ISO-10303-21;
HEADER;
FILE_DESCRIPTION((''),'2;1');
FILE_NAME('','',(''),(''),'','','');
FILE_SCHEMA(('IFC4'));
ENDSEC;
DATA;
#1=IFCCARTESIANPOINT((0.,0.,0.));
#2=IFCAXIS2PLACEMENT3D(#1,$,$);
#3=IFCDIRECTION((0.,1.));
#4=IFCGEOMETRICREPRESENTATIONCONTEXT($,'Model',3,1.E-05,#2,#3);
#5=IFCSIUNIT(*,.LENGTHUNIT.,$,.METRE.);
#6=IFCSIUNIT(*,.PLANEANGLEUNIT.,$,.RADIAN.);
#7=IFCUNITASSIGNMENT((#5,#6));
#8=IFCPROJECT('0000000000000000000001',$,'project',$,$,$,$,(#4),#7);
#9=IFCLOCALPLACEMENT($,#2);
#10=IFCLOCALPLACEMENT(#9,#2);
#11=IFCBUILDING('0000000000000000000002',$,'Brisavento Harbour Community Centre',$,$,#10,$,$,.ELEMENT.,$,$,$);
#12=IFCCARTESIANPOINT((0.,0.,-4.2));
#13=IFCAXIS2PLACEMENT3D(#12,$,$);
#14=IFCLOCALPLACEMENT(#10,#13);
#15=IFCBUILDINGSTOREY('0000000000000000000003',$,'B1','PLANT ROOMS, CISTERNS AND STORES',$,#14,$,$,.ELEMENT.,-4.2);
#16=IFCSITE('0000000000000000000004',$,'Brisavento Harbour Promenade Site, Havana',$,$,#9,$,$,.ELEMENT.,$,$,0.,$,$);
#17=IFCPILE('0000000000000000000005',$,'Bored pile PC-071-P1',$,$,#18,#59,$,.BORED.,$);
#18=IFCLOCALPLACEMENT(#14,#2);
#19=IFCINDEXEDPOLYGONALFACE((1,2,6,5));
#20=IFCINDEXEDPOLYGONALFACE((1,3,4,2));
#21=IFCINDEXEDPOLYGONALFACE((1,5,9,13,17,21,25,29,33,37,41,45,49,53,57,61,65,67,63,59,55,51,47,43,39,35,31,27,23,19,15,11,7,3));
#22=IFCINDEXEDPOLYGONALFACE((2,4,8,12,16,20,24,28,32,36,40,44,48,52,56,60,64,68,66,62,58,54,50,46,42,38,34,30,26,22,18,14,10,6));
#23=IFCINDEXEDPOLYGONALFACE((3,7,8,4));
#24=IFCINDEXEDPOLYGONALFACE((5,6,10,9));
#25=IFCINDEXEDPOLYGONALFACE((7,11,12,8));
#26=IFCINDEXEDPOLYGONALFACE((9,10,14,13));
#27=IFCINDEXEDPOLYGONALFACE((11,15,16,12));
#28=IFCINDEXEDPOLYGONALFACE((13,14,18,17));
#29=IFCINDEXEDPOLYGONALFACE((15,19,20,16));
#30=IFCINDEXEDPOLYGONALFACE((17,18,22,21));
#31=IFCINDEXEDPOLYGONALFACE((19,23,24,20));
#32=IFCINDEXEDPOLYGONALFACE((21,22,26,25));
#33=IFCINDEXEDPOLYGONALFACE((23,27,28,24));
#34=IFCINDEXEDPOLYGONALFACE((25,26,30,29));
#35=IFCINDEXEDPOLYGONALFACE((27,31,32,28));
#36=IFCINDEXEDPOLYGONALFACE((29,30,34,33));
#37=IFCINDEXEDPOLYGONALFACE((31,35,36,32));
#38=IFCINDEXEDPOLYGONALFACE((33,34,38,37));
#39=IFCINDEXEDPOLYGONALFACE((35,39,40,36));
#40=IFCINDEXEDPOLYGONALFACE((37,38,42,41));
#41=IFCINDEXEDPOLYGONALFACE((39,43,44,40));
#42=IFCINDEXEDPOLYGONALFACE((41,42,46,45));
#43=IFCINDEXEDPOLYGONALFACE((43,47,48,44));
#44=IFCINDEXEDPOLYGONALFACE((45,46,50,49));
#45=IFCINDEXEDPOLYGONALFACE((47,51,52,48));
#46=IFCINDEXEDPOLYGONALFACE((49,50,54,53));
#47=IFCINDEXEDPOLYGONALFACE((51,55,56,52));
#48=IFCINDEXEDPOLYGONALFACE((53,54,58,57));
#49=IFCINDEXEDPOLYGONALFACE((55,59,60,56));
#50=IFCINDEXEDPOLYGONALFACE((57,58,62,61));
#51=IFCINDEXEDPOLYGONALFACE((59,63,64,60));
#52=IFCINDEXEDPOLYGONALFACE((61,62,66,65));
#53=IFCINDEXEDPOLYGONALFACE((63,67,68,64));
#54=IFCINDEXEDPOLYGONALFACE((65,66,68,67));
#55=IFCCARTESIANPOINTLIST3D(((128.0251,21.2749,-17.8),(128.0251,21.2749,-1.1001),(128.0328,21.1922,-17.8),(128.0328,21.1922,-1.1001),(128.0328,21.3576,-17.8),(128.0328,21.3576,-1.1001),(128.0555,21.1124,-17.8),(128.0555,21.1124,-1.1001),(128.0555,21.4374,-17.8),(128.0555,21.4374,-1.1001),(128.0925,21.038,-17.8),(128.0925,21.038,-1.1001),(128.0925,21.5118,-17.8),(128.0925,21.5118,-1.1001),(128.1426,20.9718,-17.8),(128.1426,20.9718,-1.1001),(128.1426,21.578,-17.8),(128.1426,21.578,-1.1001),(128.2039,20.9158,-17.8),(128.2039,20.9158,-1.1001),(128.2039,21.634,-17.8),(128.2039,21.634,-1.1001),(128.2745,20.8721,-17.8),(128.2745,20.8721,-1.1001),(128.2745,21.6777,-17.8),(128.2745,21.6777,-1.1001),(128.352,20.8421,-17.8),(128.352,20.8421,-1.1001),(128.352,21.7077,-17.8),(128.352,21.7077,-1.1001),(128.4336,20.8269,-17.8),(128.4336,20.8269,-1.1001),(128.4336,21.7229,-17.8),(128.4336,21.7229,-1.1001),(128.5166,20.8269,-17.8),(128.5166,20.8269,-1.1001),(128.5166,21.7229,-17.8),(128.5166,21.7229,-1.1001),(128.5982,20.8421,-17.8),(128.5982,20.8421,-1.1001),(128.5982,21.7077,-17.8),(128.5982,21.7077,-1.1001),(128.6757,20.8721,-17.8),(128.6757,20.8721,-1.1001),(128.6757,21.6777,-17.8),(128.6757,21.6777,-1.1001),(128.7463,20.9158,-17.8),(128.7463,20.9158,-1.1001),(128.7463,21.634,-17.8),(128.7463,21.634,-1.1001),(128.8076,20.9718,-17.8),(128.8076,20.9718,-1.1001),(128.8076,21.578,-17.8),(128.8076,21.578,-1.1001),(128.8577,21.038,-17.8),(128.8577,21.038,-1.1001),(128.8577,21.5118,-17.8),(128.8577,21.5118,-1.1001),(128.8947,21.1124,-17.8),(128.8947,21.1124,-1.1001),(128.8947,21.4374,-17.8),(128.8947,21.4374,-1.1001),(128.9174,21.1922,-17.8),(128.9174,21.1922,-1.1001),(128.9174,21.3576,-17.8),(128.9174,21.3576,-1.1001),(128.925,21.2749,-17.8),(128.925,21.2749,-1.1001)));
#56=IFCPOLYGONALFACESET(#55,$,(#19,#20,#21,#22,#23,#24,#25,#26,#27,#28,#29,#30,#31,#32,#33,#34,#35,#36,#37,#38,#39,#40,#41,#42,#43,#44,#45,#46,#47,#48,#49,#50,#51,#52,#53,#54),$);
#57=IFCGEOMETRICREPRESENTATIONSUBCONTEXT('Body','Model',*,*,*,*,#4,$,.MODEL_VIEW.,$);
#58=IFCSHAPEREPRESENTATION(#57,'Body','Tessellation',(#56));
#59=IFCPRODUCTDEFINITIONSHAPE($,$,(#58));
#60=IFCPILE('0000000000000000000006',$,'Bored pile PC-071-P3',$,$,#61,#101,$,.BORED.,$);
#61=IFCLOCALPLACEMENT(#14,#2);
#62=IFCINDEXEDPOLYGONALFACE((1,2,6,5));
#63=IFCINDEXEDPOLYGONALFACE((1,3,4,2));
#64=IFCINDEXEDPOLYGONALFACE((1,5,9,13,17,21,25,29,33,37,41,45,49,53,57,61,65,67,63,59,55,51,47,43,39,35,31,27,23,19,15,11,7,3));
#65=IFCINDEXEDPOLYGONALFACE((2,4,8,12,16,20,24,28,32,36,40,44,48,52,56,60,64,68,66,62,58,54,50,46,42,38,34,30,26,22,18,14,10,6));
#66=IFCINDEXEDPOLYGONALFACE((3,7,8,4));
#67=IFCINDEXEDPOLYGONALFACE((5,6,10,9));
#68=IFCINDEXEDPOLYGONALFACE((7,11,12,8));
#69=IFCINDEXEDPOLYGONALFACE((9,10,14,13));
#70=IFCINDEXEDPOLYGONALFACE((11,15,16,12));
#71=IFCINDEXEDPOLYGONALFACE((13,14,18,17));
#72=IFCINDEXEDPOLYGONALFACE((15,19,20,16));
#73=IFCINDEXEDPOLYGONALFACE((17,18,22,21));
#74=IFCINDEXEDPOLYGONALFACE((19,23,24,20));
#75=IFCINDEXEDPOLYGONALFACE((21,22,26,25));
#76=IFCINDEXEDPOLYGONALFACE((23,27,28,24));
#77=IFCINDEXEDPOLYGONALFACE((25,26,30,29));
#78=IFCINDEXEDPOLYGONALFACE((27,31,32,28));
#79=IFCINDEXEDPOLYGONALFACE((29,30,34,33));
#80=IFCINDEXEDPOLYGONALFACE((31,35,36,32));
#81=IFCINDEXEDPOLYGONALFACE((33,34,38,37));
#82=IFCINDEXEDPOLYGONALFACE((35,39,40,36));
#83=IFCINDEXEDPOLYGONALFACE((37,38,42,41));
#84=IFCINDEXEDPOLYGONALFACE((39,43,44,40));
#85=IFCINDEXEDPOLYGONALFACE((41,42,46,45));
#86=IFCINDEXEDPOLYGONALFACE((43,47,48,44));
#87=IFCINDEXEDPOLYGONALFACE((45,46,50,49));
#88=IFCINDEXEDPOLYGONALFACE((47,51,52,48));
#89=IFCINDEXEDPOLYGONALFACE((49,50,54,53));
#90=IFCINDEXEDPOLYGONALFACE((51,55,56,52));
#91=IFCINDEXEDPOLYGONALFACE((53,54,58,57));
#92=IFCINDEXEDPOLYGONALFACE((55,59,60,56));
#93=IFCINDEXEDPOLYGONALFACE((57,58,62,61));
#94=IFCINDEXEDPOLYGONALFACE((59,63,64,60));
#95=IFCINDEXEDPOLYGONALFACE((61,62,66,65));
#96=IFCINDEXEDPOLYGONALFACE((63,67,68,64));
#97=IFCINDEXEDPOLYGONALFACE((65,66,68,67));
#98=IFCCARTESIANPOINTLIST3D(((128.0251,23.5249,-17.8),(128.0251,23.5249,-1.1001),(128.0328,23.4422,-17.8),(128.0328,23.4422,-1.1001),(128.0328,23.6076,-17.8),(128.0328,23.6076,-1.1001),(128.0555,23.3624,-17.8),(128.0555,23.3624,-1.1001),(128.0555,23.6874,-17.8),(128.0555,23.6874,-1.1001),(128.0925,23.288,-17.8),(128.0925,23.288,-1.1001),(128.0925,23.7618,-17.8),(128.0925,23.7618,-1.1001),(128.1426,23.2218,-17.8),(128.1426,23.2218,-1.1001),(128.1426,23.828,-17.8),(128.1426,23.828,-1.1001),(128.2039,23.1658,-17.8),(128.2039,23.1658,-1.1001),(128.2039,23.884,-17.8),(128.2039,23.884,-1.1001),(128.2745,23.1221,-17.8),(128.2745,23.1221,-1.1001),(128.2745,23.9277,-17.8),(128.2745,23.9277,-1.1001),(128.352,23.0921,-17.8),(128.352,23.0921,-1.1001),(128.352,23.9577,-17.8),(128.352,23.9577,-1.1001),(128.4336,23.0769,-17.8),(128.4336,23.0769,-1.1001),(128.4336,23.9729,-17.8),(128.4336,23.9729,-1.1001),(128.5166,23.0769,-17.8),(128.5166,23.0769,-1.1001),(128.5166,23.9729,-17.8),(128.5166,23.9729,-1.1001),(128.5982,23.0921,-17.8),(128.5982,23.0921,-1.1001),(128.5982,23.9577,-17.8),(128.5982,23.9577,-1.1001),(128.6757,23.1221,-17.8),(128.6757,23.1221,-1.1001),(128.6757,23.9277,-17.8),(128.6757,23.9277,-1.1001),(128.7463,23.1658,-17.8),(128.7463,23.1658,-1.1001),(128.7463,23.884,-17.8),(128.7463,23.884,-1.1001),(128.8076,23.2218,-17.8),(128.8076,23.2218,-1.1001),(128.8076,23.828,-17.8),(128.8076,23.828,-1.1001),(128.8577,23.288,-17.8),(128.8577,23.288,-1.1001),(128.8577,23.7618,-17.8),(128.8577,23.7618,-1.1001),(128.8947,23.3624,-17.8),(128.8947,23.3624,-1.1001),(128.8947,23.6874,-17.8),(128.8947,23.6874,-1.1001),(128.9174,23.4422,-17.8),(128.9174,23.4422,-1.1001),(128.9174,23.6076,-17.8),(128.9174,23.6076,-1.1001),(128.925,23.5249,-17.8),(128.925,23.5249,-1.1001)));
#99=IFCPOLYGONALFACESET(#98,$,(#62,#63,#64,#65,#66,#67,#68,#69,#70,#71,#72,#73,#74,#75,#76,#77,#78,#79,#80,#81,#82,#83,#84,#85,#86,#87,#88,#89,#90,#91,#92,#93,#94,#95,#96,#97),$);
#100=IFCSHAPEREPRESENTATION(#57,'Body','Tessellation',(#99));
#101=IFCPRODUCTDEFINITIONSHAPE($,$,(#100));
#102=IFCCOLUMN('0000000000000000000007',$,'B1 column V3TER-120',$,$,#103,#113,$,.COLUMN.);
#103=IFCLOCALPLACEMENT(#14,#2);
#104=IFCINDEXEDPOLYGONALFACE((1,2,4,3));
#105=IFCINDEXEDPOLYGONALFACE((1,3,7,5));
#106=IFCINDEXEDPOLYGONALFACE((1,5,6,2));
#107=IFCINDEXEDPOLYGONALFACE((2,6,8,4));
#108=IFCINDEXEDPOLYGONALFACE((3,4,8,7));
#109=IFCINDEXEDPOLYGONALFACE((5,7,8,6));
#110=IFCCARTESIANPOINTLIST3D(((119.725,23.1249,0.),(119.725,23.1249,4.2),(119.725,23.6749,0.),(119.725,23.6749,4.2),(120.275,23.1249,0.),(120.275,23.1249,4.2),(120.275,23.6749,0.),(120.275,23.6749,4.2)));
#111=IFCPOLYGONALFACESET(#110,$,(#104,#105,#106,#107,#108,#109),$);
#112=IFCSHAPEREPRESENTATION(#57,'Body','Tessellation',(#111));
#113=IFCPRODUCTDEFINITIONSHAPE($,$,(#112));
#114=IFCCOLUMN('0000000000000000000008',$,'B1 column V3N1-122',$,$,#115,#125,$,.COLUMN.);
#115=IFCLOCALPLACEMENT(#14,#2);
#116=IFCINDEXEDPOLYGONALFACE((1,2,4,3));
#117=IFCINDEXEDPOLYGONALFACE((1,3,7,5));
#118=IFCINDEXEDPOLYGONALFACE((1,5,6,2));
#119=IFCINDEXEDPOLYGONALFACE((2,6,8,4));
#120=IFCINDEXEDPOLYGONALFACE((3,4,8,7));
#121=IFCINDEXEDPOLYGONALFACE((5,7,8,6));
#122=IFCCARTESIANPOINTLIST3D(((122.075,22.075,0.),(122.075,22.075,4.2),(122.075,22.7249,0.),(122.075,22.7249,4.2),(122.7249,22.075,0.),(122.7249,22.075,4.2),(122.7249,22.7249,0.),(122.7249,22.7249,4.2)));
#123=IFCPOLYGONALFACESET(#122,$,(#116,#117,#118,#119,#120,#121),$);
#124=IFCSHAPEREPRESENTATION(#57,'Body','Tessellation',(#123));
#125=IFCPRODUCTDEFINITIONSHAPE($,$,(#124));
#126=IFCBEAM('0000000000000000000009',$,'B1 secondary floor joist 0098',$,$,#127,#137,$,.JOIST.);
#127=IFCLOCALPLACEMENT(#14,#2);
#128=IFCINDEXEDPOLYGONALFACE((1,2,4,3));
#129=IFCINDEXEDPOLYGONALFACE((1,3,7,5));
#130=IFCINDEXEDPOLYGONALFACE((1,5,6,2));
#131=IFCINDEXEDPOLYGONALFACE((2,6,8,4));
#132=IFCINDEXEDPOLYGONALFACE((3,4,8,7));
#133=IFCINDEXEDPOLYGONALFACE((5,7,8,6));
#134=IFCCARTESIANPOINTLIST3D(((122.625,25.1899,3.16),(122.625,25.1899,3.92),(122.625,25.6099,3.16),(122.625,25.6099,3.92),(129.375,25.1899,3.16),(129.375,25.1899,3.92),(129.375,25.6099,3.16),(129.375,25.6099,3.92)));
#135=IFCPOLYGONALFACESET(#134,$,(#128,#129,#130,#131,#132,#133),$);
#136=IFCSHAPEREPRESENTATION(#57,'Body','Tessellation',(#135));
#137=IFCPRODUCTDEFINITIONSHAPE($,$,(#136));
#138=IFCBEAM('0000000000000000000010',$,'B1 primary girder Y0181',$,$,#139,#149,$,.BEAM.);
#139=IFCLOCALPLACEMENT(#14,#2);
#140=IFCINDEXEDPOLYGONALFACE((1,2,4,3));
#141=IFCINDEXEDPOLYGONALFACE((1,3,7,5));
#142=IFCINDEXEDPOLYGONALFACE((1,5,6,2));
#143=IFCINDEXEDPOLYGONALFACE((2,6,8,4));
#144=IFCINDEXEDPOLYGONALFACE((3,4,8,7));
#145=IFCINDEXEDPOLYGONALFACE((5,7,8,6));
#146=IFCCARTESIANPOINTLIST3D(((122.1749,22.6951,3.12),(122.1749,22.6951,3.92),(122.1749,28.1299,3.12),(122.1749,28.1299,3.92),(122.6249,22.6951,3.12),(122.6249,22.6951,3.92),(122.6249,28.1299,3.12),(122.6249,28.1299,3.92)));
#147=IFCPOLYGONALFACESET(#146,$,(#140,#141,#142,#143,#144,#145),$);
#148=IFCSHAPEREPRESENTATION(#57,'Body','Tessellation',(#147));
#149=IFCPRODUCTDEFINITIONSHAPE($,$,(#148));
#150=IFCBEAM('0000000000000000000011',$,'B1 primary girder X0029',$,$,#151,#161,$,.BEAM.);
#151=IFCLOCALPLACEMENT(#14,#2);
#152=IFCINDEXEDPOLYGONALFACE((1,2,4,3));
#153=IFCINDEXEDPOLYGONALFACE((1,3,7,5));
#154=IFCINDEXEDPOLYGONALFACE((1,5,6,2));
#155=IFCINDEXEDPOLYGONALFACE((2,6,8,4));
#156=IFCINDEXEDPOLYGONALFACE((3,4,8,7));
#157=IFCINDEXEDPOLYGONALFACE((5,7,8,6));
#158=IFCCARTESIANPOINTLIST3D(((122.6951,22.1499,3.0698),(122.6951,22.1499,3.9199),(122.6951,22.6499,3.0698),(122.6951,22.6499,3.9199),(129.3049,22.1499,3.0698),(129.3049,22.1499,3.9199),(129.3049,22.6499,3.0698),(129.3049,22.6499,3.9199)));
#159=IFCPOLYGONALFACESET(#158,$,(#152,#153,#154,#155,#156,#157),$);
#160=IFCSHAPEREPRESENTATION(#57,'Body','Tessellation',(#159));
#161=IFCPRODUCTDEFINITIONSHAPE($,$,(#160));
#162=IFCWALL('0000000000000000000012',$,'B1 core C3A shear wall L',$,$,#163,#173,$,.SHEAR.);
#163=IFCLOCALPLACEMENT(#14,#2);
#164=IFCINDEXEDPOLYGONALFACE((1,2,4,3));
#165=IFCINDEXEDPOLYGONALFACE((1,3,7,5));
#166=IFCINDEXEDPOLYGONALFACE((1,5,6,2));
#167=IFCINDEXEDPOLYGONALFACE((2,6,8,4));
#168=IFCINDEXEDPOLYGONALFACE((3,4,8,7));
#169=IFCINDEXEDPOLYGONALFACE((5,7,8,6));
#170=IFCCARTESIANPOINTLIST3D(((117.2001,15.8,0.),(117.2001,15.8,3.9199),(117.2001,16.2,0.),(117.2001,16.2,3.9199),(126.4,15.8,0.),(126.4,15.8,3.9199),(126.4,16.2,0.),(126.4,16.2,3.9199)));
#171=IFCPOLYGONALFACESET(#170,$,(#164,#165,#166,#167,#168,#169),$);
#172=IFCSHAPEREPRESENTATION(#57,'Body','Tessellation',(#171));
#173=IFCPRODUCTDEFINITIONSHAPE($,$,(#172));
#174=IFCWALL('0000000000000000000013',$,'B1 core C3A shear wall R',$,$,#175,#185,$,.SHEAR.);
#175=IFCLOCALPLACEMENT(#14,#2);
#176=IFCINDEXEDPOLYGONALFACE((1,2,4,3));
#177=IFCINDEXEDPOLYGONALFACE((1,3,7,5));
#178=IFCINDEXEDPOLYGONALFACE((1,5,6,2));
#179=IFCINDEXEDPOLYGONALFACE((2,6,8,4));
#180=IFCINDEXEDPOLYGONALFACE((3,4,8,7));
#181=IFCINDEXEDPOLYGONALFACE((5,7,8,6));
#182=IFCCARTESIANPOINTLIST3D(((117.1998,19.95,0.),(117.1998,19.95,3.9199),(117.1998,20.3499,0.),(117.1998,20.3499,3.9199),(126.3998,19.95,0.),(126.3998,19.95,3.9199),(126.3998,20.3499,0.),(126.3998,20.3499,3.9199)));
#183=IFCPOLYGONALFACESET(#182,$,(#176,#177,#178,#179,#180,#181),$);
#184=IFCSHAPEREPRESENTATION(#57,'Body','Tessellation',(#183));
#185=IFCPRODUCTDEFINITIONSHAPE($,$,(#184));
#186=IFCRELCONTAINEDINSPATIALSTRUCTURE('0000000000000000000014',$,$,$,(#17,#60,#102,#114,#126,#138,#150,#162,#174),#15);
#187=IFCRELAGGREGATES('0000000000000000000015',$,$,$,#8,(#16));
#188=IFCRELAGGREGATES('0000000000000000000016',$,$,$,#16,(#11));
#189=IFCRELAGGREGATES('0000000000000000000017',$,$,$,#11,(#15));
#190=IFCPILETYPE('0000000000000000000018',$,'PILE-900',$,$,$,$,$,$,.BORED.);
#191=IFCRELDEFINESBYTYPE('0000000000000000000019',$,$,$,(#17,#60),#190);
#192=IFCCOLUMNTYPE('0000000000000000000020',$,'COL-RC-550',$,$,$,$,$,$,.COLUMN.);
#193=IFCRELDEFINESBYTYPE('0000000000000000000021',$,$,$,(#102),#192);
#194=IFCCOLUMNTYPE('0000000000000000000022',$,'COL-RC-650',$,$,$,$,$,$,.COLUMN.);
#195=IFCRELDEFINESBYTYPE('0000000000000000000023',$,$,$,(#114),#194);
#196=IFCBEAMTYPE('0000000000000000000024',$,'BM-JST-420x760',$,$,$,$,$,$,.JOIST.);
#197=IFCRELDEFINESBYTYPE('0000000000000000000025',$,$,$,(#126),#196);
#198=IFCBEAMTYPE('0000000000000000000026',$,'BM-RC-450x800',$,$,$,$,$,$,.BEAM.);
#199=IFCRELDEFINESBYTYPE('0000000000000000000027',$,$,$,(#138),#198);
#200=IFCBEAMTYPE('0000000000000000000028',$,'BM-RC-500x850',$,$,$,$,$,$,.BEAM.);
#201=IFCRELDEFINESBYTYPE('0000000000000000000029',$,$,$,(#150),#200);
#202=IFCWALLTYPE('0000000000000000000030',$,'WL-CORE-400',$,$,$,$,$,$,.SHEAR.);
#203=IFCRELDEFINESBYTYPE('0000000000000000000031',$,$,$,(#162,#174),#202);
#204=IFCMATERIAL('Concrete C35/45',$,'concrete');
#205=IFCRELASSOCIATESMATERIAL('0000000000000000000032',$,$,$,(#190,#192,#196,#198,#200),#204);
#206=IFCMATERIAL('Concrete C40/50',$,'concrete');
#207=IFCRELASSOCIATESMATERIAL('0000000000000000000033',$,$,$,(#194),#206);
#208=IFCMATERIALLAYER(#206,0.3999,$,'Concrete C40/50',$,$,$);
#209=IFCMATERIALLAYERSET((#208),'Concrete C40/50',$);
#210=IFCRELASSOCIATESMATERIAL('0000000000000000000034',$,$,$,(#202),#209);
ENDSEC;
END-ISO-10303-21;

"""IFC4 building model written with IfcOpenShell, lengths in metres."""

from ifc_helpers import new_model, si_unit, direction, frame, frame_2d, origin, origin_2d, place, context, subcontext, project, spatial, rectangle, circle, extrude, material, layer, layer_set, material_profile, profile_set, type_object, element, save


model = new_model("IFC4")

# Units and contexts
model_context = context("Model", 3, precision=1e-05, world=origin(), true_north=direction((0.0, 1.0)))
body_context = subcontext(model_context, "Body", "Model", "MODEL_VIEW")
ifc_project = project(units=[si_unit("LENGTHUNIT", "METRE"), si_unit("PLANEANGLEUNIT", "RADIAN")], contexts=[model_context])

# Site, building, storey
site_placement = place(None, origin())
site = spatial("IfcSite", under=ifc_project, at=site_placement, Name="Brisavento Harbour Promenade Site, Havana", CompositionType="ELEMENT", RefElevation=0.0)
building_placement = place(site_placement, origin())
building = spatial("IfcBuilding", under=site, at=building_placement, Name="Brisavento Harbour Community Centre", CompositionType="ELEMENT")
storey_placement = place(building_placement, frame((0.0, 0.0, -4.2)))
storey = spatial("IfcBuildingStorey", under=building, at=storey_placement, Name="B1", Description="PLANT ROOMS, CISTERNS AND STORES", CompositionType="ELEMENT", Elevation=-4.2)

# Shared definitions
ifc_material_1 = material(Name="Concrete C35/45", Category="concrete")

# Piles
ifc_material_profile_1 = material_profile(ifc_material_1, circle(Radius=0.45, at=origin_2d()), Name="Concrete C35/45")
ifc_profile_set_1 = profile_set([ifc_material_profile_1], Name="Concrete C35/45")
pile_type_1 = type_object("IfcPileType", Name="PILE-900", PredefinedType="BORED", material=ifc_profile_set_1)
for number, where, z_axis, x_axis, name in (
    (1, (128.4751, 21.2749, -1.1001), (0.0, 0.0, -1.0), (1.0, 0.0, 0.0), "Bored pile PC-071-P1"),
    (2, (128.4751, 23.5249, -1.1001), (0.0, 0.0, -1.0), (1.0, 0.0, 0.0), "Bored pile PC-071-P3"),
):
    element("IfcPile", number, at=place(storey_placement, frame(where, z_axis=z_axis, x_axis=x_axis)), inside=storey, type_object=pile_type_1, Name=name, PredefinedType="BORED", context=body_context, shape_type="SweptSolid", body=[
        extrude(circle(Radius=0.45, at=origin_2d()), origin(), (0.0, 0.0, 1.0), 16.7),
    ])

# Columns
ifc_material_profile_2 = material_profile(ifc_material_1, rectangle(XDim=0.55, YDim=0.55, at=origin_2d()), Name="Concrete C35/45")
ifc_profile_set_2 = profile_set([ifc_material_profile_2], Name="Concrete C35/45")
column_type_1 = type_object("IfcColumnType", Name="COL-RC-550", PredefinedType="COLUMN", material=ifc_profile_set_2)
column_1_placement = place(storey_placement, frame((120.0, 23.3999, 0.0), z_axis=(0.0, 0.0, 1.0), x_axis=(1.0, 0.0, 0.0)))
element("IfcColumn", 3, at=column_1_placement, inside=storey, type_object=column_type_1, Name="B1 column V3TER-120", PredefinedType="COLUMN", context=body_context, shape_type="SweptSolid", body=[
    extrude(rectangle(XDim=0.55, YDim=0.55, at=origin_2d()), origin(), (0.0, 0.0, 1.0), 4.2),
])
ifc_material_2 = material(Name="Concrete C40/50", Category="concrete")
ifc_material_profile_3 = material_profile(ifc_material_2, rectangle(XDim=0.6499, YDim=0.6499, at=origin_2d()), Name="Concrete C40/50")
ifc_profile_set_3 = profile_set([ifc_material_profile_3], Name="Concrete C40/50")
column_type_2 = type_object("IfcColumnType", Name="COL-RC-650", PredefinedType="COLUMN", material=ifc_profile_set_3)
column_2_placement = place(storey_placement, frame((122.3999, 22.3999, 0.0), z_axis=(0.0, 0.0, 1.0), x_axis=(1.0, 0.0, 0.0)))
element("IfcColumn", 4, at=column_2_placement, inside=storey, type_object=column_type_2, Name="B1 column V3N1-122", PredefinedType="COLUMN", context=body_context, shape_type="SweptSolid", body=[
    extrude(rectangle(XDim=0.6499, YDim=0.6499, at=origin_2d()), origin(), (0.0, 0.0, 1.0), 4.2),
])

# Beams
ifc_material_profile_4 = material_profile(ifc_material_1, rectangle(XDim=0.4199, YDim=0.76, at=origin_2d()), Name="Concrete C35/45")
ifc_profile_set_4 = profile_set([ifc_material_profile_4], Name="Concrete C35/45")
beam_type_1 = type_object("IfcBeamType", Name="BM-JST-420x760", PredefinedType="JOIST", material=ifc_profile_set_4)
beam_1_placement = place(storey_placement, frame((122.625, 25.3999, 3.54), z_axis=(1.0, 0.0, 0.0), x_axis=(0.0, 1.0, 0.0)))
element("IfcBeam", 5, at=beam_1_placement, inside=storey, type_object=beam_type_1, Name="B1 secondary floor joist 0098", PredefinedType="JOIST", context=body_context, shape_type="SweptSolid", body=[
    extrude(rectangle(XDim=0.4199, YDim=0.76, at=origin_2d()), origin(), (0.0, 0.0, 1.0), 6.75),
])
ifc_material_profile_5 = material_profile(ifc_material_1, rectangle(XDim=0.45, YDim=0.8, at=origin_2d()), Name="Concrete C35/45")
ifc_profile_set_5 = profile_set([ifc_material_profile_5], Name="Concrete C35/45")
beam_type_2 = type_object("IfcBeamType", Name="BM-RC-450x800", PredefinedType="BEAM", material=ifc_profile_set_5)
beam_2_placement = place(storey_placement, frame((122.3999, 22.6951, 3.52), z_axis=(0.0, 1.0, 0.0), x_axis=(-1.0, 0.0, 0.0)))
element("IfcBeam", 6, at=beam_2_placement, inside=storey, type_object=beam_type_2, Name="B1 primary girder Y0181", PredefinedType="BEAM", context=body_context, shape_type="SweptSolid", body=[
    extrude(rectangle(XDim=0.45, YDim=0.8, at=origin_2d()), origin(), (0.0, 0.0, 1.0), 5.4348),
])
ifc_material_profile_6 = material_profile(ifc_material_1, rectangle(XDim=0.5, YDim=0.8501, at=origin_2d()), Name="Concrete C35/45")
ifc_profile_set_6 = profile_set([ifc_material_profile_6], Name="Concrete C35/45")
beam_type_3 = type_object("IfcBeamType", Name="BM-RC-500x850", PredefinedType="BEAM", material=ifc_profile_set_6)
beam_3_placement = place(storey_placement, frame((122.6951, 22.3999, 3.4949), z_axis=(1.0, 0.0, 0.0), x_axis=(0.0, 1.0, 0.0)))
element("IfcBeam", 7, at=beam_3_placement, inside=storey, type_object=beam_type_3, Name="B1 primary girder X0029", PredefinedType="BEAM", context=body_context, shape_type="SweptSolid", body=[
    extrude(rectangle(XDim=0.5, YDim=0.8501, at=origin_2d()), origin(), (0.0, 0.0, 1.0), 6.6099),
])

# Walls
ifc_layer_1 = layer(ifc_material_2, 0.3999, Name="Concrete C40/50")
ifc_layer_set_1 = layer_set([ifc_layer_1], Name="Concrete C40/50")
wall_type_1 = type_object("IfcWallType", Name="WL-CORE-400", PredefinedType="SHEAR", material=ifc_layer_set_1)
for number, where, z_axis, x_axis, name in (
    (8, (117.2, 16.0, 0.0), (0.0, 0.0, 1.0), (1.0, 0.0, 0.0), "B1 core C3A shear wall L"),
    (9, (126.3999, 20.1499, 0.0), (0.0, 0.0, 1.0), (-1.0, 0.0, 0.0), "B1 core C3A shear wall R"),
):
    element("IfcWall", number, at=place(storey_placement, frame(where, z_axis=z_axis, x_axis=x_axis)), inside=storey, type_object=wall_type_1, Name=name, PredefinedType="SHEAR", context=body_context, shape_type="SweptSolid", body=[
        extrude(rectangle(XDim=9.2, YDim=0.3999, at=frame_2d((4.6001, 0.0))), origin(), (0.0, 0.0, 1.0), 3.9199),
    ])

save(model, "model.ifc")
